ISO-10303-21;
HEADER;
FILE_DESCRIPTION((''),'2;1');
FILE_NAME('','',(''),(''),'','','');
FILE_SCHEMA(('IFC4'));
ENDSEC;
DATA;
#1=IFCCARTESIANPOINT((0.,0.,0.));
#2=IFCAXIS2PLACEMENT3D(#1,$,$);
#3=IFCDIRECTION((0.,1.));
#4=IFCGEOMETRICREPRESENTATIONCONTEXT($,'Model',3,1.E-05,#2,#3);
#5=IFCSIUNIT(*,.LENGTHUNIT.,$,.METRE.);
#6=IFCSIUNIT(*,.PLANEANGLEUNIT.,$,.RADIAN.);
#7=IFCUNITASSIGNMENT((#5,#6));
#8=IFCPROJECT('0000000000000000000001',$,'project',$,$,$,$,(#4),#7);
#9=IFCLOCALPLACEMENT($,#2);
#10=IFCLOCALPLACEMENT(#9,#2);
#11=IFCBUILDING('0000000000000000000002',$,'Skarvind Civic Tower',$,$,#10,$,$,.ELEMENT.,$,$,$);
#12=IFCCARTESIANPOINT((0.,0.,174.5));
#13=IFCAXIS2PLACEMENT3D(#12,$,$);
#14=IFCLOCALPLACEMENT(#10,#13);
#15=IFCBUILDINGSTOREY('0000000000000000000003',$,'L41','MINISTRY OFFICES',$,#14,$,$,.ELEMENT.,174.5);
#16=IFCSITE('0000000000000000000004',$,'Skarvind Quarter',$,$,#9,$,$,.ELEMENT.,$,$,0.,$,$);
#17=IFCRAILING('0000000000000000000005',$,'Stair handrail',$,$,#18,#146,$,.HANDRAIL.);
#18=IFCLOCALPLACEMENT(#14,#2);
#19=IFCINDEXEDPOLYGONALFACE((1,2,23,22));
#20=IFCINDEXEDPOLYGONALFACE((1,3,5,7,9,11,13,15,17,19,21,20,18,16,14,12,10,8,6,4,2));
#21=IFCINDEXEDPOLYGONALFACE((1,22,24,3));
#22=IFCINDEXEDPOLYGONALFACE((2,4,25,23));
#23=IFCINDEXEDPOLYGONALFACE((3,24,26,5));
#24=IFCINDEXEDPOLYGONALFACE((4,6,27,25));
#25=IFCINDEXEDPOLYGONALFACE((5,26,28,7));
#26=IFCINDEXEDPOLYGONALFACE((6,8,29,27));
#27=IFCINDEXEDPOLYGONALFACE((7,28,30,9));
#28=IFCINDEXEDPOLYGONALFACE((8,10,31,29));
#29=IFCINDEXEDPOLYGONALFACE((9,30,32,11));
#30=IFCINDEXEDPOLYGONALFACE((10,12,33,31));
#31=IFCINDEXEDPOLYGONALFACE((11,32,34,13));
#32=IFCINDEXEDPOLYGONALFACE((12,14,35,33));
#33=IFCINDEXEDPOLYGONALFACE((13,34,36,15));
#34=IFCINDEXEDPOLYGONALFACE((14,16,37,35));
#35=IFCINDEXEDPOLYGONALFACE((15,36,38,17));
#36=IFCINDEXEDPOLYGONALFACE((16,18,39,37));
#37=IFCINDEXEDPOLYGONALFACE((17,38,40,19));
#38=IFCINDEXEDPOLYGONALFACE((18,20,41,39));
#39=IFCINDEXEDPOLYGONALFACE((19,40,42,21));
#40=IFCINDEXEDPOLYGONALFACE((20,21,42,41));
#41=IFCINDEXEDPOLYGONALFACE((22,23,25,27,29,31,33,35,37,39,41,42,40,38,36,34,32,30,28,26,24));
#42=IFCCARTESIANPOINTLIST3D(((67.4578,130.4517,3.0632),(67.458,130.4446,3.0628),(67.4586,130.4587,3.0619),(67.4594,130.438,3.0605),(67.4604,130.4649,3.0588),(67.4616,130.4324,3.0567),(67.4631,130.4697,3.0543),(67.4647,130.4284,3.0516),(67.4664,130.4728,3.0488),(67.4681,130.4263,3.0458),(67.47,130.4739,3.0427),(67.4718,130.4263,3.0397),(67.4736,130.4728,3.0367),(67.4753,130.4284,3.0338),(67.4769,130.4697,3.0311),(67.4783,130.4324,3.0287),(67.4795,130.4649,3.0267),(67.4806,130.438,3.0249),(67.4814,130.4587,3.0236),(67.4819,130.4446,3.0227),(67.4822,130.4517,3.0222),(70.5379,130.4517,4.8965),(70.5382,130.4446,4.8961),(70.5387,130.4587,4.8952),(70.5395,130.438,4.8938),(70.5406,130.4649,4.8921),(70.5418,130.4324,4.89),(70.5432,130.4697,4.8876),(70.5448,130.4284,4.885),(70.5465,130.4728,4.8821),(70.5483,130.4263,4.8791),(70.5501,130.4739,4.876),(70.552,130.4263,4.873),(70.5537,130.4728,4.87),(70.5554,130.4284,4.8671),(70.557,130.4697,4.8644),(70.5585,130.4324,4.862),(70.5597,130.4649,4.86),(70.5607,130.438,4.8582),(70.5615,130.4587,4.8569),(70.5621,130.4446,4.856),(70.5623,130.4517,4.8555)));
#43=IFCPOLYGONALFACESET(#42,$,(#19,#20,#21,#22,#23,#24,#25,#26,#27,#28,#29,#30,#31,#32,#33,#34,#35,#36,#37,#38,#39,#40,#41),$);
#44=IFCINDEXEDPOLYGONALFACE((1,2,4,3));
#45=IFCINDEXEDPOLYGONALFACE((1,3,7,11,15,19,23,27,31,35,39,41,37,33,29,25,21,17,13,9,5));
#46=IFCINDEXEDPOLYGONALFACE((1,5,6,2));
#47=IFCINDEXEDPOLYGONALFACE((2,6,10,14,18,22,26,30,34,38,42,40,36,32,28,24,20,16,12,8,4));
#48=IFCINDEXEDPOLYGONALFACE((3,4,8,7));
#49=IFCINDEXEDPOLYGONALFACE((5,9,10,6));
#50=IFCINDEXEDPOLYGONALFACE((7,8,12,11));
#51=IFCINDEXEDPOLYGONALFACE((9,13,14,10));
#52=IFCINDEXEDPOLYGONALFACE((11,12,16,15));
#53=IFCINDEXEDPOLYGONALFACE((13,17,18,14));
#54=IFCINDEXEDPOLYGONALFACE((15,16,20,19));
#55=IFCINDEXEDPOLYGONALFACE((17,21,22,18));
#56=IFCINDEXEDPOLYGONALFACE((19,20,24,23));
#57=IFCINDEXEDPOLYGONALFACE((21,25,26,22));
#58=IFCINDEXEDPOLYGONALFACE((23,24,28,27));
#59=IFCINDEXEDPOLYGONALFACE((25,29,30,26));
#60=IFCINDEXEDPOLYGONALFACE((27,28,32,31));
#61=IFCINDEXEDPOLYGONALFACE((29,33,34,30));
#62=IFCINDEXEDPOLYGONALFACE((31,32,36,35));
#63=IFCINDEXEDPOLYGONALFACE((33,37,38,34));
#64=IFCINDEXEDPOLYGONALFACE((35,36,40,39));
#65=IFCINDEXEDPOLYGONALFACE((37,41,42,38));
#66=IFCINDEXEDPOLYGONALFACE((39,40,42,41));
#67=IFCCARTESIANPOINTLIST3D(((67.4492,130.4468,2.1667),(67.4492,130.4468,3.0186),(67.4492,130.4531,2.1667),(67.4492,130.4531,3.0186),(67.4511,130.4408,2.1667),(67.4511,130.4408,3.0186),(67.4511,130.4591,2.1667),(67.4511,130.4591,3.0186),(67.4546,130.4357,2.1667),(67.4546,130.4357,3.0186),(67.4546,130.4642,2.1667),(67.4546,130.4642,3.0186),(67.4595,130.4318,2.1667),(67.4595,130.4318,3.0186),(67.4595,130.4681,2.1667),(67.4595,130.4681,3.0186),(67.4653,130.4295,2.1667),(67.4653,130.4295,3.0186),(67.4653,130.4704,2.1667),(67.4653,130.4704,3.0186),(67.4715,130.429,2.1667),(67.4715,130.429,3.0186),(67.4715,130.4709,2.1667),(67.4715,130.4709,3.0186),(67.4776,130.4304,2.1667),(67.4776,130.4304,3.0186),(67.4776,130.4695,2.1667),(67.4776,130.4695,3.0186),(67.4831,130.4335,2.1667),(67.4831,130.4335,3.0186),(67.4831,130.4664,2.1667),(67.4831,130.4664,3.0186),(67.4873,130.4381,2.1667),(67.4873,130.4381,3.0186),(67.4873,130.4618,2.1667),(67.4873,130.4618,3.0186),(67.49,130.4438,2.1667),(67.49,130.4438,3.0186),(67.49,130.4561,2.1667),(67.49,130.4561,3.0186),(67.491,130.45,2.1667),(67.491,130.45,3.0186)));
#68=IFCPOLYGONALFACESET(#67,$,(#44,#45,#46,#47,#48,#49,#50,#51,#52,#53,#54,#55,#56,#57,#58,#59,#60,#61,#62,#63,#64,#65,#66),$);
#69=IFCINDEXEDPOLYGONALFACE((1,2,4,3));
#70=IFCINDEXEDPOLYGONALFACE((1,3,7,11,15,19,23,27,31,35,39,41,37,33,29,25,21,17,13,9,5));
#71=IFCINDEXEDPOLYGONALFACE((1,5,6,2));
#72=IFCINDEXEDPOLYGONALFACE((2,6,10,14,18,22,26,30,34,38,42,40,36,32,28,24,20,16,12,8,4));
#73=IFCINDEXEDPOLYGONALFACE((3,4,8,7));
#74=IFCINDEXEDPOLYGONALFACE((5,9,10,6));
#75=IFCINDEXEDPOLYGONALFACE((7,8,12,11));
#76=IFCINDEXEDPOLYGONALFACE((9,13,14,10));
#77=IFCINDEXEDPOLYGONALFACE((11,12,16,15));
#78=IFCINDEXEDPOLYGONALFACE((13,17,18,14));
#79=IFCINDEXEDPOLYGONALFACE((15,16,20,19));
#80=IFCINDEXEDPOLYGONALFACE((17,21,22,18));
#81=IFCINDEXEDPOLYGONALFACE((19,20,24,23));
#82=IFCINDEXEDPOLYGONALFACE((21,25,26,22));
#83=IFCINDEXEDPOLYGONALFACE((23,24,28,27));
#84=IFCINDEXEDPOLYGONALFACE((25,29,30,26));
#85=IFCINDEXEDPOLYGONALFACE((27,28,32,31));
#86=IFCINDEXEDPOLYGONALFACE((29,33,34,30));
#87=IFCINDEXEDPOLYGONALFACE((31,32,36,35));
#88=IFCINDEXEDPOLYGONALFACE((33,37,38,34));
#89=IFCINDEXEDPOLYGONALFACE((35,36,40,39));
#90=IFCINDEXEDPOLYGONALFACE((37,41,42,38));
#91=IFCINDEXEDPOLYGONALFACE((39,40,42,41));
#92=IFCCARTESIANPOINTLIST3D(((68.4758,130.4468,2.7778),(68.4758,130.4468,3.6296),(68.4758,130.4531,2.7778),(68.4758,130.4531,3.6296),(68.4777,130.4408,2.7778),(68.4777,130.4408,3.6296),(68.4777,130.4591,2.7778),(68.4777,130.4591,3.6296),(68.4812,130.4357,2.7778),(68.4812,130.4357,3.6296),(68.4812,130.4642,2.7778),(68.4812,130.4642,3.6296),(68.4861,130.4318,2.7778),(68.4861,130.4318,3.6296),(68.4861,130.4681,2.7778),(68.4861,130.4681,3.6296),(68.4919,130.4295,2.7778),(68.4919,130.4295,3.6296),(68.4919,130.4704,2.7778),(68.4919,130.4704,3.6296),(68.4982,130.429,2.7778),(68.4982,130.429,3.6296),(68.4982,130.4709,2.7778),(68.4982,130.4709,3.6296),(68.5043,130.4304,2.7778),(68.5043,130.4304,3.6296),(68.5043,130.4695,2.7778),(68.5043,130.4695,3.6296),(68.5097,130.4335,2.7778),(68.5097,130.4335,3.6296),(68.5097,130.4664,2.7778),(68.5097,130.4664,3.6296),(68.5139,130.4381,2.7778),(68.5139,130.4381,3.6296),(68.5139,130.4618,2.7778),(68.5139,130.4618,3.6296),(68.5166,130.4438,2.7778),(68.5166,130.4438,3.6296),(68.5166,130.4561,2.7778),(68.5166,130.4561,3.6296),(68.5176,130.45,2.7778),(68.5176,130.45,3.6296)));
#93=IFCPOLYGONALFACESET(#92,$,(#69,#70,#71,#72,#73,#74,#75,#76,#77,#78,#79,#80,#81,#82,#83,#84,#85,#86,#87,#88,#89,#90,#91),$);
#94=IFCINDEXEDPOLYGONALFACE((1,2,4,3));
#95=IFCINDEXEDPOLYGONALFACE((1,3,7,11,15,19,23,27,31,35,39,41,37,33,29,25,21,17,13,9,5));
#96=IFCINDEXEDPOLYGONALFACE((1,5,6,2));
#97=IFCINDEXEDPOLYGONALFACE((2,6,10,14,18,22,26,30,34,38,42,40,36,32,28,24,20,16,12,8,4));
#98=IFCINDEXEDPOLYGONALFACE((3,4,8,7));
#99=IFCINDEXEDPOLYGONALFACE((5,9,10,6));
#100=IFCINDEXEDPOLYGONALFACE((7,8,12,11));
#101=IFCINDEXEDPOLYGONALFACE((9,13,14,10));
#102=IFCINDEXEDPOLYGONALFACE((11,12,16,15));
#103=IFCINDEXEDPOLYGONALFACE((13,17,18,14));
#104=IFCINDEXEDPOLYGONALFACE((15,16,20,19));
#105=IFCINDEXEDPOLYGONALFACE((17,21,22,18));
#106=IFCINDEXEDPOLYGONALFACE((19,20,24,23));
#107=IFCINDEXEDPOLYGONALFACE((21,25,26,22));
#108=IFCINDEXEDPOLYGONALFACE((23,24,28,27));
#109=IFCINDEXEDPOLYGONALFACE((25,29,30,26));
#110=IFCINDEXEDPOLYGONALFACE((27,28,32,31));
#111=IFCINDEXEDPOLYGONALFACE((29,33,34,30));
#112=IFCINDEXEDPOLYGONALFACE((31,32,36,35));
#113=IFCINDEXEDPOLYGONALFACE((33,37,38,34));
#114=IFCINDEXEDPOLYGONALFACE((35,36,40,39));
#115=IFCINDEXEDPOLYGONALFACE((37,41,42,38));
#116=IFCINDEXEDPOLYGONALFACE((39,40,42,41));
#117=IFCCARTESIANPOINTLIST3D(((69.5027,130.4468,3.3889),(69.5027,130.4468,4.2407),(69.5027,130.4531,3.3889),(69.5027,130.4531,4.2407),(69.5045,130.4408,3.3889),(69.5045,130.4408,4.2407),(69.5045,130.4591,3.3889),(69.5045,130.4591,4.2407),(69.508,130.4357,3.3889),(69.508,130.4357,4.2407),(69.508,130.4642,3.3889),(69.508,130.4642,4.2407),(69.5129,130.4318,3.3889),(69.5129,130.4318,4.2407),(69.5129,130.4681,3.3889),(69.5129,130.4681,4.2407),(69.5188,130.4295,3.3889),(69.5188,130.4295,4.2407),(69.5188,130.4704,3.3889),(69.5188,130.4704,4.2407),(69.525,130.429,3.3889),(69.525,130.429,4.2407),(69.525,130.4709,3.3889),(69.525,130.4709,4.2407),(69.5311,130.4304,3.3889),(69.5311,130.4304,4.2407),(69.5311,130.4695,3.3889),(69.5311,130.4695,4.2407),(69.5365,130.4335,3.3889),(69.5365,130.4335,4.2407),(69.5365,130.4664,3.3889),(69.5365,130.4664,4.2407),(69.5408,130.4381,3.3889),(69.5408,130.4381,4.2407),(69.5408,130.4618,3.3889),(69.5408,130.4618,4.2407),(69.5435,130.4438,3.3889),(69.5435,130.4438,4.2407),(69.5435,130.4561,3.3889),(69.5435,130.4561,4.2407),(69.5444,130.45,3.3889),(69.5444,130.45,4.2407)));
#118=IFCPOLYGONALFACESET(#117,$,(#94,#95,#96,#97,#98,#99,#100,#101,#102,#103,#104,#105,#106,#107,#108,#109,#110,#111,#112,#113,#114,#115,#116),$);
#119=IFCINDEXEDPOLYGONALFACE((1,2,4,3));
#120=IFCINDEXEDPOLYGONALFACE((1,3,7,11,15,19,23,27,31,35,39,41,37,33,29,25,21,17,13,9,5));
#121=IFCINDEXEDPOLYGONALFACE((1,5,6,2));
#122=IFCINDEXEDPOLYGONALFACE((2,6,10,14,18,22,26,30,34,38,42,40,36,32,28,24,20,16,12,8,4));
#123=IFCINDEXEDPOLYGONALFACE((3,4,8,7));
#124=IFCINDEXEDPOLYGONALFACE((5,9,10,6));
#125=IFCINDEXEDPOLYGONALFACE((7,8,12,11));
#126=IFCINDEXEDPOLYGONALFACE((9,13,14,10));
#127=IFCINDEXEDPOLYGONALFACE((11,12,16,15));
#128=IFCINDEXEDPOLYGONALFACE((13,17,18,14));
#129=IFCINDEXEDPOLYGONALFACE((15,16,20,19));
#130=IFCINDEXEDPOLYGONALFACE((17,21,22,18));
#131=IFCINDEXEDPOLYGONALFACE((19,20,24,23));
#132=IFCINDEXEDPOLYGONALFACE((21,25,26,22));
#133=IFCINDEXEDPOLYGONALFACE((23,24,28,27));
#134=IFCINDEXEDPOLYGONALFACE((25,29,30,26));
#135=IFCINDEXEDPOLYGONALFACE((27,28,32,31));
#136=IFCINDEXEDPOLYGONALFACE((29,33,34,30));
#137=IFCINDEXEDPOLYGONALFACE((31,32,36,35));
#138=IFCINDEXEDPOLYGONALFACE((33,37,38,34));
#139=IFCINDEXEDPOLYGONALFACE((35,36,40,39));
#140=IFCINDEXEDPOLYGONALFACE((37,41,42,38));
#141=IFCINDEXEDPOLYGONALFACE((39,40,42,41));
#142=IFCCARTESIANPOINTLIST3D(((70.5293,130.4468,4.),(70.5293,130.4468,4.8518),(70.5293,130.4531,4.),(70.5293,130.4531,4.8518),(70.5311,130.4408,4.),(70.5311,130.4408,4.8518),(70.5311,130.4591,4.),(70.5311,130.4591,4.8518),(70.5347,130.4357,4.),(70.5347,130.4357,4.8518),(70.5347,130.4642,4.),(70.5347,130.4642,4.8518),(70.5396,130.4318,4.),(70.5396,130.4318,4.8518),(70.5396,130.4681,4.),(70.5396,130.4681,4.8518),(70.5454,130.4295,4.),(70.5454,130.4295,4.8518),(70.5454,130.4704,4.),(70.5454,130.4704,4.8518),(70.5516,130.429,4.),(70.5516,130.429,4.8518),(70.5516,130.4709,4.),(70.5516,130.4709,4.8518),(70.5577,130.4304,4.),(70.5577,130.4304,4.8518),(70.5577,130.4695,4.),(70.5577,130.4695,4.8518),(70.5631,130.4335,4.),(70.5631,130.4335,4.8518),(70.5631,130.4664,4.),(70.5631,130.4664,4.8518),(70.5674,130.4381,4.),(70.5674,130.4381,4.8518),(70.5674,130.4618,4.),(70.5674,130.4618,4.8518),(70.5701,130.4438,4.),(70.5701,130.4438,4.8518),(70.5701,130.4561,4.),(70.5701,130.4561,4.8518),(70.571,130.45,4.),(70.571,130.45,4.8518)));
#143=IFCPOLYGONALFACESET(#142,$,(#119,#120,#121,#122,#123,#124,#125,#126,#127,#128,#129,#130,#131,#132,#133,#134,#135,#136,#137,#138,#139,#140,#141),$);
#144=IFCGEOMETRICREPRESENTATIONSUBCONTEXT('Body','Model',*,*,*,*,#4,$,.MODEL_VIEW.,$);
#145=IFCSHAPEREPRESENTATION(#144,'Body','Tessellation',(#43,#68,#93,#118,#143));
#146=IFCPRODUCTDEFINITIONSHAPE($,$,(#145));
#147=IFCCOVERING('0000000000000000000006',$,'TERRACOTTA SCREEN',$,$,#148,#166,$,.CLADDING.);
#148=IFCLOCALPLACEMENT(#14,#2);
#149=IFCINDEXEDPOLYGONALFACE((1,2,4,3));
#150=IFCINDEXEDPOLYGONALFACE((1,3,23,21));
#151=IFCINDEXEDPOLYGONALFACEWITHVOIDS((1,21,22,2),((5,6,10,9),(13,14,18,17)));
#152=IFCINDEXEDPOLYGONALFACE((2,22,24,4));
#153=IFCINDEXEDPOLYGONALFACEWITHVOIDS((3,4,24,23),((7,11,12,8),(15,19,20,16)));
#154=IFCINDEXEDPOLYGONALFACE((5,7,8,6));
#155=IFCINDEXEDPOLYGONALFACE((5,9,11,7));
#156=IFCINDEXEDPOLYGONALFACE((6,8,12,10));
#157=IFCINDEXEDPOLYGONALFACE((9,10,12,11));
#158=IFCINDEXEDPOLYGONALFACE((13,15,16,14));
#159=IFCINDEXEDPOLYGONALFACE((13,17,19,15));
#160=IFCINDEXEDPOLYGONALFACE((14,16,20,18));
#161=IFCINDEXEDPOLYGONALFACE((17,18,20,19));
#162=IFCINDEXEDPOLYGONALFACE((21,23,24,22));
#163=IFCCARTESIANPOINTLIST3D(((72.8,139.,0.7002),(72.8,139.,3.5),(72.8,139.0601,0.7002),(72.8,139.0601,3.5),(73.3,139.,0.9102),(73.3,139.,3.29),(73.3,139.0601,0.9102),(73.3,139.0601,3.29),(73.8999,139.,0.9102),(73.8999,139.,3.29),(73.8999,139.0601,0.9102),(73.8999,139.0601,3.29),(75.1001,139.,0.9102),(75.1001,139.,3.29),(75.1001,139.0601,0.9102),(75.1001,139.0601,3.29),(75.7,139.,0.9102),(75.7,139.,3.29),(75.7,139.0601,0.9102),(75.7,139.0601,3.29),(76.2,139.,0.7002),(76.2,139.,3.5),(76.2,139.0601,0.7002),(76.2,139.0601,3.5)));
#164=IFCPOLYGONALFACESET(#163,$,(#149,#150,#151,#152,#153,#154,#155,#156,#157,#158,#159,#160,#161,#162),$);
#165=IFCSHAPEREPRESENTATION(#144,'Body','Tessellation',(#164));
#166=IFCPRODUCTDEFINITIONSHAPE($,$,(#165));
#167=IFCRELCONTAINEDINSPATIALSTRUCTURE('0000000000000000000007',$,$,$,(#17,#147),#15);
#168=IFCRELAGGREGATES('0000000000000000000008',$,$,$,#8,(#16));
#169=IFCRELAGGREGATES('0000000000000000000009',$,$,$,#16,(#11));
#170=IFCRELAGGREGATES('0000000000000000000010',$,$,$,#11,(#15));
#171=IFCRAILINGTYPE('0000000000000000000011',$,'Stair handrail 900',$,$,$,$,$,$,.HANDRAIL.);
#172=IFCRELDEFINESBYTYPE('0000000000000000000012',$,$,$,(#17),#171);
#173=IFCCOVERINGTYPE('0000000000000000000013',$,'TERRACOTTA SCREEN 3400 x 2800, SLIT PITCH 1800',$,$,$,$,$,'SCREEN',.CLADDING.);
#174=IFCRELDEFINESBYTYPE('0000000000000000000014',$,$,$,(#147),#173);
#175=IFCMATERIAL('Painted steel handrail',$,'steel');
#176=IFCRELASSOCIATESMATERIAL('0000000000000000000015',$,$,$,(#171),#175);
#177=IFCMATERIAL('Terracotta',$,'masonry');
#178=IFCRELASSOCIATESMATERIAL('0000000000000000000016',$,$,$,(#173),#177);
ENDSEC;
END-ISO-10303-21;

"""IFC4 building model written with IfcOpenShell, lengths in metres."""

from ifc_helpers import new_model, si_unit, direction, frame, origin, origin_2d, place, context, subcontext, project, spatial, polyline, circle, outline, extrude, material, material_profile, profile_set, type_object, element, save


model = new_model("IFC4")

# Units and contexts
model_context = context("Model", 3, precision=1e-05, world=origin(), true_north=direction((0.0, 1.0)))
body_context = subcontext(model_context, "Body", "Model", "MODEL_VIEW")
ifc_project = project(units=[si_unit("LENGTHUNIT", "METRE"), si_unit("PLANEANGLEUNIT", "RADIAN")], contexts=[model_context])

# Site, building, storey
site_placement = place(None, origin())
site = spatial("IfcSite", under=ifc_project, at=site_placement, Name="Skarvind Quarter", CompositionType="ELEMENT", RefElevation=0.0)
building_placement = place(site_placement, origin())
building = spatial("IfcBuilding", under=site, at=building_placement, Name="Skarvind Civic Tower", CompositionType="ELEMENT")
storey_placement = place(building_placement, frame((0.0, 0.0, 174.5)))
storey = spatial("IfcBuildingStorey", under=building, at=storey_placement, Name="L41", Description="MINISTRY OFFICES", CompositionType="ELEMENT", Elevation=174.5)

# Railing
ifc_material_1 = material(Name="Painted steel handrail", Category="steel")
railing_type = type_object("IfcRailingType", Name="Stair handrail 900", PredefinedType="HANDRAIL", material=ifc_material_1)
railing_1_placement = place(storey_placement, frame((67.47, 130.45, 2.1667)))
element("IfcRailing", 1, at=railing_1_placement, inside=storey, type_object=railing_type, Name="Stair handrail", PredefinedType="HANDRAIL", context=body_context, shape_type="SweptSolid", body=[
    extrude(circle(Radius=0.0239, at=origin_2d()), frame((0.0, 0.0, 0.876), z_axis=(0.859309, 0.0, 0.511458), x_axis=(0.0, 1.0, 0.0)), (0.0, 0.0, 1.0), 3.5845),
    extrude(circle(Radius=0.021, at=origin_2d()), origin(), (0.0, 0.0, 1.0), 0.8518),
    extrude(circle(Radius=0.021, at=origin_2d()), frame((1.0266, 0.0, 0.6111)), (0.0, 0.0, 1.0), 0.8518),
    extrude(circle(Radius=0.021, at=origin_2d()), frame((2.0535, 0.0, 1.2222)), (0.0, 0.0, 1.0), 0.8518),
    extrude(circle(Radius=0.021, at=origin_2d()), frame((3.0801, 0.0, 1.8333)), (0.0, 0.0, 1.0), 0.8518),
])

# Covering
ifc_material_2 = material(Name="Terracotta", Category="masonry")
ifc_material_profile_1 = material_profile(ifc_material_2, outline(polyline([(-1.7, -1.3999), (1.7, -1.3999), (1.7, 1.3999), (-1.7, 1.3999), (-1.7, -1.3999)]), holes=[polyline([(-1.2, -1.1899), (-0.6001, -1.1899), (-0.6001, 1.1899), (-1.2, 1.1899), (-1.2, -1.1899)]), polyline([(0.6001, -1.1899), (1.2, -1.1899), (1.2, 1.1899), (0.6001, 1.1899), (0.6001, -1.1899)])]), Name="TERRACOTTA SCREEN 3400 x 2800, SLIT PITCH 1800")
ifc_profile_set_1 = profile_set([ifc_material_profile_1], Name="Terracotta")
covering_type = type_object("IfcCoveringType", Name="TERRACOTTA SCREEN 3400 x 2800, SLIT PITCH 1800", ElementType="SCREEN", PredefinedType="CLADDING", material=ifc_profile_set_1)
covering_placement = place(storey_placement, frame((74.5, 139.0, 2.1001), z_axis=(0.0, 1.0, 0.0), x_axis=(-1.0, 0.0, 0.0)))
element("IfcCovering", 2, at=covering_placement, inside=storey, type_object=covering_type, Name="TERRACOTTA SCREEN", PredefinedType="CLADDING", context=body_context, shape_type="SweptSolid", body=[
    extrude(outline(polyline([(-1.7, -1.3999), (1.7, -1.3999), (1.7, 1.3999), (-1.7, 1.3999), (-1.7, -1.3999)]), holes=[polyline([(-1.2, -1.1899), (-0.6001, -1.1899), (-0.6001, 1.1899), (-1.2, 1.1899), (-1.2, -1.1899)]), polyline([(0.6001, -1.1899), (1.2, -1.1899), (1.2, 1.1899), (0.6001, 1.1899), (0.6001, -1.1899)])]), origin(), (0.0, 0.0, 1.0), 0.0601),
])

save(model, "model.ifc")
